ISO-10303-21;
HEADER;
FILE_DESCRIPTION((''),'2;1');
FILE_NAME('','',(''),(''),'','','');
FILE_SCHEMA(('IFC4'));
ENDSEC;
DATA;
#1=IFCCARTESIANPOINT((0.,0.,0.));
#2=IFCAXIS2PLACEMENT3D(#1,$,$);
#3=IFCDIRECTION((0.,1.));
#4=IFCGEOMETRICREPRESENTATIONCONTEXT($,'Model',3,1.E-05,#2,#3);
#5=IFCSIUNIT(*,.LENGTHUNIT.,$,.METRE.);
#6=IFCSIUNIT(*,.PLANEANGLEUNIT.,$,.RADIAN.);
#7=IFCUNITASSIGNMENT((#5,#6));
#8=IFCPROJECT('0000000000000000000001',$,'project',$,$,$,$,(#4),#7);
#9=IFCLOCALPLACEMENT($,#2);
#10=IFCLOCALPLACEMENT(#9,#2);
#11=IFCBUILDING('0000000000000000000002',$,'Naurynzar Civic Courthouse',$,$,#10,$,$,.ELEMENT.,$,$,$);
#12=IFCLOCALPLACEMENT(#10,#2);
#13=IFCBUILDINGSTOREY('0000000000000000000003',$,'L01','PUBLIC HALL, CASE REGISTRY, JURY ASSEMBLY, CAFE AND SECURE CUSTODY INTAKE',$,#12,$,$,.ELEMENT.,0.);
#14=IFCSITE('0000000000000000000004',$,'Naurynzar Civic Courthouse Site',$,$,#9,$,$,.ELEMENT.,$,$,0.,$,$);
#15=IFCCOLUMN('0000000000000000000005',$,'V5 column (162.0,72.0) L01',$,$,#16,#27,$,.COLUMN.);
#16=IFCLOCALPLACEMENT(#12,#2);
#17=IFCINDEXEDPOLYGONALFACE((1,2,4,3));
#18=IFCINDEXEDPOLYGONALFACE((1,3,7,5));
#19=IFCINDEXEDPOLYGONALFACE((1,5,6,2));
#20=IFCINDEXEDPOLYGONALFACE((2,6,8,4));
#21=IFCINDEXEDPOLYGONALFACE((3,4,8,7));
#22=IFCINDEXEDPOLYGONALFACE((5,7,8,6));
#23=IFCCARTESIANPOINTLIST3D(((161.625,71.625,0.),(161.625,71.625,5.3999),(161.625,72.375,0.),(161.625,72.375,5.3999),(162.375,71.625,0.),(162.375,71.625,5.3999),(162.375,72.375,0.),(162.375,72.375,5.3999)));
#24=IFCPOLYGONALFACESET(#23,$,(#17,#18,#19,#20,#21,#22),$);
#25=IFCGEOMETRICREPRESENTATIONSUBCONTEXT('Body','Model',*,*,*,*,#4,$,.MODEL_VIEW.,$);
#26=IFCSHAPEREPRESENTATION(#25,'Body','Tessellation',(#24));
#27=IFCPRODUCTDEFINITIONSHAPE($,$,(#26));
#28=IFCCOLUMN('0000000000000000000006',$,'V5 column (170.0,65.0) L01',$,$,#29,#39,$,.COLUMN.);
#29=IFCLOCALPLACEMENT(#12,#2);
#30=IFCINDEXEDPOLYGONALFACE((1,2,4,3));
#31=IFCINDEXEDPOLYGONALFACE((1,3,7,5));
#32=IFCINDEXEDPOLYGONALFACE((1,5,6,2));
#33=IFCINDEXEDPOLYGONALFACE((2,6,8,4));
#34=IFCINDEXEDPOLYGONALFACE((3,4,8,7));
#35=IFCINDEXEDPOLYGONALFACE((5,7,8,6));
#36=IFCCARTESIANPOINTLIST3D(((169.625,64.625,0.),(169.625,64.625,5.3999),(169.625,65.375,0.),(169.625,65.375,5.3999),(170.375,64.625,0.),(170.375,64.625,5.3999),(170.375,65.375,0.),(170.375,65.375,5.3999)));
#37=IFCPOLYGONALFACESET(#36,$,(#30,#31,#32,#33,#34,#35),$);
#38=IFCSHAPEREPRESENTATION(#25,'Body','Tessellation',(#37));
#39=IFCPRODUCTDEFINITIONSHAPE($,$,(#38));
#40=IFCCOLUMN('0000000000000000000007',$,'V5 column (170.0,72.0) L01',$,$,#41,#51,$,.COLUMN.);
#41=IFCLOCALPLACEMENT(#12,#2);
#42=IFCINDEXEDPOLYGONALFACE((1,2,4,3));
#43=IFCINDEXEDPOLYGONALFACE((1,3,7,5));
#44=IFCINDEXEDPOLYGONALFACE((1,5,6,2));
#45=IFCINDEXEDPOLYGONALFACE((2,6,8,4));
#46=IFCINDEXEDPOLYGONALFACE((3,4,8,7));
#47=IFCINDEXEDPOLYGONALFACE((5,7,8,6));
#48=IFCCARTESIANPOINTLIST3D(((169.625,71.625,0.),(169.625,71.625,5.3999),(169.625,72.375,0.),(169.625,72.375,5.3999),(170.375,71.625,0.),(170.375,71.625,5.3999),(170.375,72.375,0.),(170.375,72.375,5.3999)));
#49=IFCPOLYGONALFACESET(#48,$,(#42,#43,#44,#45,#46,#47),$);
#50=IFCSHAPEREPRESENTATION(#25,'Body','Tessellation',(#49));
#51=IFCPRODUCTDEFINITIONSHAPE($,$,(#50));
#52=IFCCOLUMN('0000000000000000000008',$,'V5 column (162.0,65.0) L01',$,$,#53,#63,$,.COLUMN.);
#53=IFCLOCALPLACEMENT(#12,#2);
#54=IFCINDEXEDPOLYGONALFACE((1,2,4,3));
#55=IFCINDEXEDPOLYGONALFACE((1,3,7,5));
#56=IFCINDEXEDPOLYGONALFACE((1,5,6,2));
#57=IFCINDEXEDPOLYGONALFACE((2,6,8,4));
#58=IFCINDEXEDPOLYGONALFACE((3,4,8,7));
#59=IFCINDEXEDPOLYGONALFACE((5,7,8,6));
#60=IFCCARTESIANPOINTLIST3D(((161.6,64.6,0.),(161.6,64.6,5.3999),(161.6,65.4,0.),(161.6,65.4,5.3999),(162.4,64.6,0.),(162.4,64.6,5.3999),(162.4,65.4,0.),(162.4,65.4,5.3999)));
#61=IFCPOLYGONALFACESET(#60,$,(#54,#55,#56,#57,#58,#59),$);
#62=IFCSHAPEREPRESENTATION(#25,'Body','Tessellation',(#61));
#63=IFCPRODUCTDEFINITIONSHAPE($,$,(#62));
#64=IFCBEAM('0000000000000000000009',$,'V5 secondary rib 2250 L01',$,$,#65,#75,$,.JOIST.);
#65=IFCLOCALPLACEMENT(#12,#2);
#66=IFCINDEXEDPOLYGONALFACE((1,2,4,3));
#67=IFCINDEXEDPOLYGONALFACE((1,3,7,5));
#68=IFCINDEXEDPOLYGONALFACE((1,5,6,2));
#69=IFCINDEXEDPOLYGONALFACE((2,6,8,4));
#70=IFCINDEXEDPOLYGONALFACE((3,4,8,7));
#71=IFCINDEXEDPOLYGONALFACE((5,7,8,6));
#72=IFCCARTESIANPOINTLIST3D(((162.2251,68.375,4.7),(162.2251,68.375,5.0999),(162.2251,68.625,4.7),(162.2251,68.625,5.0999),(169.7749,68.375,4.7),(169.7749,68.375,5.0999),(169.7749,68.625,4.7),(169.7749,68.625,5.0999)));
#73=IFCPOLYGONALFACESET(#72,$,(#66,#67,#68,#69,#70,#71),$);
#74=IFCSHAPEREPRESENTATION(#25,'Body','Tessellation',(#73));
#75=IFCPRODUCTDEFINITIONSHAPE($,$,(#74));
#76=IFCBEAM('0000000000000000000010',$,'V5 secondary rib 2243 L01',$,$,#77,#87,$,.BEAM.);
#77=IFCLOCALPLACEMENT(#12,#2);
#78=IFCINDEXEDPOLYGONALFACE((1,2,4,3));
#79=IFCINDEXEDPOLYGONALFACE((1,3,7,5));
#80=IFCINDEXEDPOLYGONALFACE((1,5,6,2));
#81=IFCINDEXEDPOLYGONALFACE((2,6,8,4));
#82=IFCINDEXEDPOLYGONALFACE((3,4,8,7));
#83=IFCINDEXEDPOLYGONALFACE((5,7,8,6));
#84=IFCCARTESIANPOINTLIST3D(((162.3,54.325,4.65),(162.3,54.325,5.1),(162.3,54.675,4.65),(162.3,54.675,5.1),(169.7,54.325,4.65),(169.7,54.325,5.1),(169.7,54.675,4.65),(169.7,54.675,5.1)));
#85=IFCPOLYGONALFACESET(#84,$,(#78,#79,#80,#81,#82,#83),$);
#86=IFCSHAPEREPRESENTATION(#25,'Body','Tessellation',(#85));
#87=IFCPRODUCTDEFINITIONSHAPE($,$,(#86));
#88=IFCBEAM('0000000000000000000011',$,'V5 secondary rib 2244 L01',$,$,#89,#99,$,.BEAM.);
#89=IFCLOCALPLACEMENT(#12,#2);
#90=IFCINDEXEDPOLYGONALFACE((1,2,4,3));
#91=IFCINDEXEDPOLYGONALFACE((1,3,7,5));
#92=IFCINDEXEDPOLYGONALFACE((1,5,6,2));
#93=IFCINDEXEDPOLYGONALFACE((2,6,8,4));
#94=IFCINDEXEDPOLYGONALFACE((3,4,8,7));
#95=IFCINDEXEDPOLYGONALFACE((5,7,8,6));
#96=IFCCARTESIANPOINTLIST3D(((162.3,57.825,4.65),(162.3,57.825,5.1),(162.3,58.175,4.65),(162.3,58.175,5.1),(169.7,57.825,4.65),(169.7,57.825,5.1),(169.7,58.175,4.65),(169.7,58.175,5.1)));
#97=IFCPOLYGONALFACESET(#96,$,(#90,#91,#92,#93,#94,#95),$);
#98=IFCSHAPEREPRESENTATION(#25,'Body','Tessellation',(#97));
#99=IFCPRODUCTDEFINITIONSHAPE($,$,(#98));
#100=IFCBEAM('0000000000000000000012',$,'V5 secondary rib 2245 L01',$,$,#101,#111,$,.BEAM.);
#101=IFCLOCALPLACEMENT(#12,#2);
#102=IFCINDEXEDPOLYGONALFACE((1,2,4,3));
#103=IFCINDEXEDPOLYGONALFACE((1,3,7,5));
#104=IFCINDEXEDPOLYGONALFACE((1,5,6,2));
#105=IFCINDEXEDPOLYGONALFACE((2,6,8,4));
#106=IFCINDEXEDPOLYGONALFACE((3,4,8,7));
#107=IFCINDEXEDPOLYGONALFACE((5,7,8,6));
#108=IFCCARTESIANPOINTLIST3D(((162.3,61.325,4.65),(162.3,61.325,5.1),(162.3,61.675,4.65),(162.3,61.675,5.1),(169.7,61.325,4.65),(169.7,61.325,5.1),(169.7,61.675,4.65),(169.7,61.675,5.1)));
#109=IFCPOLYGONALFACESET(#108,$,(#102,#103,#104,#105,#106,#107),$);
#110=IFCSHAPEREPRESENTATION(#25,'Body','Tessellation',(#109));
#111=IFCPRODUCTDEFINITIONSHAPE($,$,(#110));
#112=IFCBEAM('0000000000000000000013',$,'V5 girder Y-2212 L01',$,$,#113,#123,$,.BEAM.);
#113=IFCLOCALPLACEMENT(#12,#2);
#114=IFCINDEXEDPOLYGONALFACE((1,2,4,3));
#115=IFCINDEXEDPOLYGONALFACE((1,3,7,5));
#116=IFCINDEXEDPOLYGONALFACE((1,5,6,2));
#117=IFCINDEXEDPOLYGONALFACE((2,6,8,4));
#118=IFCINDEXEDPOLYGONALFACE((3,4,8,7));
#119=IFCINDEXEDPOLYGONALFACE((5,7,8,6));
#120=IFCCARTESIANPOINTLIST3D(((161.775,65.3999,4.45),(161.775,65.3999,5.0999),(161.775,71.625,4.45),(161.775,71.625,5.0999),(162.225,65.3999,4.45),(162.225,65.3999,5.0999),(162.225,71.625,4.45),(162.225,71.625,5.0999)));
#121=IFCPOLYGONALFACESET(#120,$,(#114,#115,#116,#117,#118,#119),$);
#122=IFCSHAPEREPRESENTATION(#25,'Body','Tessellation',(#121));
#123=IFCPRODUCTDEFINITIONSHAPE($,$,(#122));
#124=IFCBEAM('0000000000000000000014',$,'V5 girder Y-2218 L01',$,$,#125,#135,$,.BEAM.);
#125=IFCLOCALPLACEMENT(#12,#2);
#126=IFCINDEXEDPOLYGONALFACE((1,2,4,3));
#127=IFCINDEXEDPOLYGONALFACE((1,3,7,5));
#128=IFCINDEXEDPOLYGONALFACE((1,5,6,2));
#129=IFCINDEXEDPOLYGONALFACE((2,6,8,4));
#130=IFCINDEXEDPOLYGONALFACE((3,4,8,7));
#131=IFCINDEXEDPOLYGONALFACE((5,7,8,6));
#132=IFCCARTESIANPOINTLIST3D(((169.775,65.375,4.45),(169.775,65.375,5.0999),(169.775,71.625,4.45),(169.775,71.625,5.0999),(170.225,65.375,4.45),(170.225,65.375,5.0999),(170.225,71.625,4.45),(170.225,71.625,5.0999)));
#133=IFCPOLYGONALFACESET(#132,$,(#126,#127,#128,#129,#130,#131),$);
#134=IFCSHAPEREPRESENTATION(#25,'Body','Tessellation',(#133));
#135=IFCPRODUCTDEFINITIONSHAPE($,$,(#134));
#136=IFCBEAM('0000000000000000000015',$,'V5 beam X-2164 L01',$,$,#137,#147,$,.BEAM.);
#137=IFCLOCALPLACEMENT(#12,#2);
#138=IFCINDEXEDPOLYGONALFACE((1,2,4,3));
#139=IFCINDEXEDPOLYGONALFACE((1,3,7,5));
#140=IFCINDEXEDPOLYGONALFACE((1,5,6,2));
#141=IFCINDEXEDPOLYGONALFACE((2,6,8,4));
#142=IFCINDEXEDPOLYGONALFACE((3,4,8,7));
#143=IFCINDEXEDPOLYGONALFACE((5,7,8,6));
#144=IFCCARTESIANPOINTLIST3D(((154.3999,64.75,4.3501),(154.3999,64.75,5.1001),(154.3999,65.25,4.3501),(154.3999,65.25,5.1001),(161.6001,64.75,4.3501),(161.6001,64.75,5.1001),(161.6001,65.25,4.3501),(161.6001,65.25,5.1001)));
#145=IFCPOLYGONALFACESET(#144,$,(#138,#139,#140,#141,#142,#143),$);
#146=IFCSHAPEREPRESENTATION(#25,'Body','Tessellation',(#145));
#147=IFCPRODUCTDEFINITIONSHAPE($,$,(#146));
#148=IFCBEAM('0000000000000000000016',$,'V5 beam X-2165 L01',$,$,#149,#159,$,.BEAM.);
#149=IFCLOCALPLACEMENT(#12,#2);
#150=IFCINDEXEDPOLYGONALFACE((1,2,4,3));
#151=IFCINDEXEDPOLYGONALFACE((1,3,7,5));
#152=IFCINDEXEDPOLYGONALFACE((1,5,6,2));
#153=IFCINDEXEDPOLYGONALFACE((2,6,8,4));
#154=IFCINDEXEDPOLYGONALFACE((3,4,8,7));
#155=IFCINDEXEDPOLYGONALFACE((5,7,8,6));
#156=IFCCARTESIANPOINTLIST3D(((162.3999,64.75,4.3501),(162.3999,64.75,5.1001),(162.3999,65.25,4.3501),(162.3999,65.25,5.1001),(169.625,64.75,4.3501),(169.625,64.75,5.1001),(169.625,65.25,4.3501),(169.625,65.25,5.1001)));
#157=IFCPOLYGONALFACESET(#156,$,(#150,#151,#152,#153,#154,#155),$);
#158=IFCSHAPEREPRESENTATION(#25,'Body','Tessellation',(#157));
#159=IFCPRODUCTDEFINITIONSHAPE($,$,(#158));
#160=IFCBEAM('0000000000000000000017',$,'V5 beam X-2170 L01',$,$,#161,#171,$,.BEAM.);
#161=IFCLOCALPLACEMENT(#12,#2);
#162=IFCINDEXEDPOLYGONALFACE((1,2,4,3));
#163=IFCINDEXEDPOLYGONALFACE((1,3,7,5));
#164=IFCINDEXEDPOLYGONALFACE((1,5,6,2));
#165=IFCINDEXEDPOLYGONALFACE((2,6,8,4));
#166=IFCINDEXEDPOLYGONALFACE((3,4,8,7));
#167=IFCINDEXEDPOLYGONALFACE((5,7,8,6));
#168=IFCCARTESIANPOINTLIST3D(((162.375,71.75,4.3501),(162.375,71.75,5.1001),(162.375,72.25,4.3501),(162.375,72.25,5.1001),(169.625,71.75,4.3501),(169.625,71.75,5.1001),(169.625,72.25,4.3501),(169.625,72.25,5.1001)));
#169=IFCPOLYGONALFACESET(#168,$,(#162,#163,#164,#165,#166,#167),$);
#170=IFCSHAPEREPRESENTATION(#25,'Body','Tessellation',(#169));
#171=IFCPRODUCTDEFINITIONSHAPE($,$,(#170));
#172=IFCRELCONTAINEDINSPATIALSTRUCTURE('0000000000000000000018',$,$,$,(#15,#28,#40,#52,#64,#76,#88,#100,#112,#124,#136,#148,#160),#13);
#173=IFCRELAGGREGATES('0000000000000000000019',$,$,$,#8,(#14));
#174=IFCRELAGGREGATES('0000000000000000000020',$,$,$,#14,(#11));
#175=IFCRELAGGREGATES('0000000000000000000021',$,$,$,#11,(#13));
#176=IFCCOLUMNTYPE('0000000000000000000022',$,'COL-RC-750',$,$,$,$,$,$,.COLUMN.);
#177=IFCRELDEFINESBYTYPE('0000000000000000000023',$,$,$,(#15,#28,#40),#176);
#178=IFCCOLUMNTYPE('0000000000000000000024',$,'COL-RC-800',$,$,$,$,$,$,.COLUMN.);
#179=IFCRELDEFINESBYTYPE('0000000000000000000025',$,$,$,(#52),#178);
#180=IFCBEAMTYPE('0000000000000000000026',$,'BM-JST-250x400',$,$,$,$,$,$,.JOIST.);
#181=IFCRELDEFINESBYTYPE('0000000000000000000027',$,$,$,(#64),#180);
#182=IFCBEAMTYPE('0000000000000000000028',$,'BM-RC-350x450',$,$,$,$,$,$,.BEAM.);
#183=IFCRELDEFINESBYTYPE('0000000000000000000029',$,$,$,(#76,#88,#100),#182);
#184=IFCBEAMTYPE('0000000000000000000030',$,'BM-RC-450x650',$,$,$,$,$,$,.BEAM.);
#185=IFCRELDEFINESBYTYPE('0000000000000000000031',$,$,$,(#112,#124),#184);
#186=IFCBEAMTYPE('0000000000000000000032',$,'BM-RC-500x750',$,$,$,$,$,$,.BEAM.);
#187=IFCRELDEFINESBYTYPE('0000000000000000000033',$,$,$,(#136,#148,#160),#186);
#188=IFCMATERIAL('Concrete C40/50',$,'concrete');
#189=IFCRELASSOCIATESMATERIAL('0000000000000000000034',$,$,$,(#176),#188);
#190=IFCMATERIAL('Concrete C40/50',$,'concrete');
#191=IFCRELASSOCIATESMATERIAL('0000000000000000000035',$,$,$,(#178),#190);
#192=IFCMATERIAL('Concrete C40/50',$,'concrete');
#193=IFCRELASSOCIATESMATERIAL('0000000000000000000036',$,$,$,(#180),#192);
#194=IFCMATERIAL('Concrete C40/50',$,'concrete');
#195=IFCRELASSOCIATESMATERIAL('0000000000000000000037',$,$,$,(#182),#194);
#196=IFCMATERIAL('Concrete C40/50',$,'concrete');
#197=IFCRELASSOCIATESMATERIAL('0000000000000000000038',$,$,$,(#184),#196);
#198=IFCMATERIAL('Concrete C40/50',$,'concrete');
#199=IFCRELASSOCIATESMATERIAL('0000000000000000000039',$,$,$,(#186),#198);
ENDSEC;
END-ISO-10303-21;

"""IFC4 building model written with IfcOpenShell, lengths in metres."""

from ifc_helpers import new_model, si_unit, direction, frame, origin, origin_2d, place, context, subcontext, project, spatial, rectangle, extrude, material, material_profile, profile_set, type_object, element, save


model = new_model("IFC4")

# Units and contexts
model_context = context("Model", 3, precision=1e-05, world=origin(), true_north=direction((0.0, 1.0)))
body_context = subcontext(model_context, "Body", "Model", "MODEL_VIEW")
ifc_project = project(units=[si_unit("LENGTHUNIT", "METRE"), si_unit("PLANEANGLEUNIT", "RADIAN")], contexts=[model_context])

# Site, building, storey
site_placement = place(None, origin())
site = spatial("IfcSite", under=ifc_project, at=site_placement, Name="Naurynzar Civic Courthouse Site", CompositionType="ELEMENT", RefElevation=0.0)
building_placement = place(site_placement, origin())
building = spatial("IfcBuilding", under=site, at=building_placement, Name="Naurynzar Civic Courthouse", CompositionType="ELEMENT")
storey_placement = place(building_placement, origin())
storey = spatial("IfcBuildingStorey", under=building, at=storey_placement, Name="L01", Description="PUBLIC HALL, CASE REGISTRY, JURY ASSEMBLY, CAFE AND SECURE CUSTODY INTAKE", CompositionType="ELEMENT", Elevation=0.0)

# Columns
ifc_material_1 = material(Name="Concrete C40/50", Category="concrete")
ifc_material_profile_1 = material_profile(ifc_material_1, rectangle(XDim=0.75, YDim=0.75, at=origin_2d()), Name="RC 750x750")
ifc_profile_set_1 = profile_set([ifc_material_profile_1], Name="Concrete C40/50")
column_type_1 = type_object("IfcColumnType", Name="COL-RC-750", PredefinedType="COLUMN", material=ifc_profile_set_1)
for number, where, z_axis, x_axis, name in (
    (1, (162.0, 72.0, 0.0), (0.0, 0.0, 1.0), (1.0, 0.0, 0.0), "V5 column (162.0,72.0) L01"),
    (2, (170.0, 65.0, 0.0), (0.0, 0.0, 1.0), (1.0, 0.0, 0.0), "V5 column (170.0,65.0) L01"),
    (3, (170.0, 72.0, 0.0), (0.0, 0.0, 1.0), (1.0, 0.0, 0.0), "V5 column (170.0,72.0) L01"),
):
    element("IfcColumn", number, at=place(storey_placement, frame(where, z_axis=z_axis, x_axis=x_axis)), inside=storey, type_object=column_type_1, Name=name, PredefinedType="COLUMN", context=body_context, shape_type="SweptSolid", body=[
        extrude(rectangle(XDim=0.75, YDim=0.75, at=origin_2d()), origin(), (0.0, 0.0, 1.0), 5.3999),
    ])
ifc_material_2 = material(Name="Concrete C40/50", Category="concrete")
ifc_material_profile_2 = material_profile(ifc_material_2, rectangle(XDim=0.8, YDim=0.8, at=origin_2d()), Name="RC 800x800")
ifc_profile_set_2 = profile_set([ifc_material_profile_2], Name="Concrete C40/50")
column_type_2 = type_object("IfcColumnType", Name="COL-RC-800", PredefinedType="COLUMN", material=ifc_profile_set_2)
column_placement = place(storey_placement, frame((162.0, 65.0, 0.0), z_axis=(0.0, 0.0, 1.0), x_axis=(1.0, 0.0, 0.0)))
element("IfcColumn", 4, at=column_placement, inside=storey, type_object=column_type_2, Name="V5 column (162.0,65.0) L01", PredefinedType="COLUMN", context=body_context, shape_type="SweptSolid", body=[
    extrude(rectangle(XDim=0.8, YDim=0.8, at=origin_2d()), origin(), (0.0, 0.0, 1.0), 5.3999),
])

# Beams
ifc_material_3 = material(Name="Concrete C40/50", Category="concrete")
ifc_material_profile_3 = material_profile(ifc_material_3, rectangle(XDim=0.25, YDim=0.3999, at=origin_2d()), Name="RCB 250x400")
ifc_profile_set_3 = profile_set([ifc_material_profile_3], Name="Concrete C40/50")
beam_type_1 = type_object("IfcBeamType", Name="BM-JST-250x400", PredefinedType="JOIST", material=ifc_profile_set_3)
beam_1_placement = place(storey_placement, frame((162.2251, 68.5, 4.8999), z_axis=(1.0, 0.0, 0.0), x_axis=(0.0, 1.0, 0.0)))
element("IfcBeam", 5, at=beam_1_placement, inside=storey, type_object=beam_type_1, Name="V5 secondary rib 2250 L01", PredefinedType="JOIST", context=body_context, shape_type="SweptSolid", body=[
    extrude(rectangle(XDim=0.25, YDim=0.3999, at=origin_2d()), origin(), (0.0, 0.0, 1.0), 7.5498),
])
ifc_material_4 = material(Name="Concrete C40/50", Category="concrete")
ifc_material_profile_4 = material_profile(ifc_material_4, rectangle(XDim=0.3501, YDim=0.45, at=origin_2d()), Name="RCB 350x450")
ifc_profile_set_4 = profile_set([ifc_material_profile_4], Name="Concrete C40/50")
beam_type_2 = type_object("IfcBeamType", Name="BM-RC-350x450", PredefinedType="BEAM", material=ifc_profile_set_4)
for number, where, z_axis, x_axis, name in (
    (6, (162.3, 54.5, 4.875), (1.0, 0.0, 0.0), (0.0, 1.0, 0.0), "V5 secondary rib 2243 L01"),
    (7, (162.3, 58.0, 4.875), (1.0, 0.0, 0.0), (0.0, 1.0, 0.0), "V5 secondary rib 2244 L01"),
    (8, (162.3, 61.5, 4.875), (1.0, 0.0, 0.0), (0.0, 1.0, 0.0), "V5 secondary rib 2245 L01"),
):
    element("IfcBeam", number, at=place(storey_placement, frame(where, z_axis=z_axis, x_axis=x_axis)), inside=storey, type_object=beam_type_2, Name=name, PredefinedType="BEAM", context=body_context, shape_type="SweptSolid", body=[
        extrude(rectangle(XDim=0.3501, YDim=0.45, at=origin_2d()), origin(), (0.0, 0.0, 1.0), 7.3999),
    ])
ifc_material_5 = material(Name="Concrete C40/50", Category="concrete")
ifc_material_profile_5 = material_profile(ifc_material_5, rectangle(XDim=0.45, YDim=0.6499, at=origin_2d()), Name="RCB 450x650")
ifc_profile_set_5 = profile_set([ifc_material_profile_5], Name="Concrete C40/50")
beam_type_3 = type_object("IfcBeamType", Name="BM-RC-450x650", PredefinedType="BEAM", material=ifc_profile_set_5)
beam_2_placement = place(storey_placement, frame((162.0, 65.3999, 4.7749), z_axis=(0.0, 1.0, 0.0), x_axis=(-1.0, 0.0, 0.0)))
element("IfcBeam", 9, at=beam_2_placement, inside=storey, type_object=beam_type_3, Name="V5 girder Y-2212 L01", PredefinedType="BEAM", context=body_context, shape_type="SweptSolid", body=[
    extrude(rectangle(XDim=0.45, YDim=0.6499, at=origin_2d()), origin(), (0.0, 0.0, 1.0), 6.2251),
])
beam_3_placement = place(storey_placement, frame((170.0, 65.375, 4.7749), z_axis=(0.0, 1.0, 0.0), x_axis=(-1.0, 0.0, 0.0)))
element("IfcBeam", 10, at=beam_3_placement, inside=storey, type_object=beam_type_3, Name="V5 girder Y-2218 L01", PredefinedType="BEAM", context=body_context, shape_type="SweptSolid", body=[
    extrude(rectangle(XDim=0.45, YDim=0.6499, at=origin_2d()), origin(), (0.0, 0.0, 1.0), 6.25),
])
ifc_material_6 = material(Name="Concrete C40/50", Category="concrete")
ifc_material_profile_6 = material_profile(ifc_material_6, rectangle(XDim=0.5, YDim=0.75, at=origin_2d()), Name="RCB 500x750")
ifc_profile_set_6 = profile_set([ifc_material_profile_6], Name="Concrete C40/50")
beam_type_4 = type_object("IfcBeamType", Name="BM-RC-500x750", PredefinedType="BEAM", material=ifc_profile_set_6)
beam_4_placement = place(storey_placement, frame((154.3999, 65.0, 4.7251), z_axis=(1.0, 0.0, 0.0), x_axis=(0.0, 1.0, 0.0)))
element("IfcBeam", 11, at=beam_4_placement, inside=storey, type_object=beam_type_4, Name="V5 beam X-2164 L01", PredefinedType="BEAM", context=body_context, shape_type="SweptSolid", body=[
    extrude(rectangle(XDim=0.5, YDim=0.75, at=origin_2d()), origin(), (0.0, 0.0, 1.0), 7.2002),
])
beam_5_placement = place(storey_placement, frame((162.3999, 65.0, 4.7251), z_axis=(1.0, 0.0, 0.0), x_axis=(0.0, 1.0, 0.0)))
element("IfcBeam", 12, at=beam_5_placement, inside=storey, type_object=beam_type_4, Name="V5 beam X-2165 L01", PredefinedType="BEAM", context=body_context, shape_type="SweptSolid", body=[
    extrude(rectangle(XDim=0.5, YDim=0.75, at=origin_2d()), origin(), (0.0, 0.0, 1.0), 7.2251),
])
beam_6_placement = place(storey_placement, frame((162.375, 72.0, 4.7251), z_axis=(1.0, 0.0, 0.0), x_axis=(0.0, 1.0, 0.0)))
element("IfcBeam", 13, at=beam_6_placement, inside=storey, type_object=beam_type_4, Name="V5 beam X-2170 L01", PredefinedType="BEAM", context=body_context, shape_type="SweptSolid", body=[
    extrude(rectangle(XDim=0.5, YDim=0.75, at=origin_2d()), origin(), (0.0, 0.0, 1.0), 7.25),
])

save(model, "model.ifc")
